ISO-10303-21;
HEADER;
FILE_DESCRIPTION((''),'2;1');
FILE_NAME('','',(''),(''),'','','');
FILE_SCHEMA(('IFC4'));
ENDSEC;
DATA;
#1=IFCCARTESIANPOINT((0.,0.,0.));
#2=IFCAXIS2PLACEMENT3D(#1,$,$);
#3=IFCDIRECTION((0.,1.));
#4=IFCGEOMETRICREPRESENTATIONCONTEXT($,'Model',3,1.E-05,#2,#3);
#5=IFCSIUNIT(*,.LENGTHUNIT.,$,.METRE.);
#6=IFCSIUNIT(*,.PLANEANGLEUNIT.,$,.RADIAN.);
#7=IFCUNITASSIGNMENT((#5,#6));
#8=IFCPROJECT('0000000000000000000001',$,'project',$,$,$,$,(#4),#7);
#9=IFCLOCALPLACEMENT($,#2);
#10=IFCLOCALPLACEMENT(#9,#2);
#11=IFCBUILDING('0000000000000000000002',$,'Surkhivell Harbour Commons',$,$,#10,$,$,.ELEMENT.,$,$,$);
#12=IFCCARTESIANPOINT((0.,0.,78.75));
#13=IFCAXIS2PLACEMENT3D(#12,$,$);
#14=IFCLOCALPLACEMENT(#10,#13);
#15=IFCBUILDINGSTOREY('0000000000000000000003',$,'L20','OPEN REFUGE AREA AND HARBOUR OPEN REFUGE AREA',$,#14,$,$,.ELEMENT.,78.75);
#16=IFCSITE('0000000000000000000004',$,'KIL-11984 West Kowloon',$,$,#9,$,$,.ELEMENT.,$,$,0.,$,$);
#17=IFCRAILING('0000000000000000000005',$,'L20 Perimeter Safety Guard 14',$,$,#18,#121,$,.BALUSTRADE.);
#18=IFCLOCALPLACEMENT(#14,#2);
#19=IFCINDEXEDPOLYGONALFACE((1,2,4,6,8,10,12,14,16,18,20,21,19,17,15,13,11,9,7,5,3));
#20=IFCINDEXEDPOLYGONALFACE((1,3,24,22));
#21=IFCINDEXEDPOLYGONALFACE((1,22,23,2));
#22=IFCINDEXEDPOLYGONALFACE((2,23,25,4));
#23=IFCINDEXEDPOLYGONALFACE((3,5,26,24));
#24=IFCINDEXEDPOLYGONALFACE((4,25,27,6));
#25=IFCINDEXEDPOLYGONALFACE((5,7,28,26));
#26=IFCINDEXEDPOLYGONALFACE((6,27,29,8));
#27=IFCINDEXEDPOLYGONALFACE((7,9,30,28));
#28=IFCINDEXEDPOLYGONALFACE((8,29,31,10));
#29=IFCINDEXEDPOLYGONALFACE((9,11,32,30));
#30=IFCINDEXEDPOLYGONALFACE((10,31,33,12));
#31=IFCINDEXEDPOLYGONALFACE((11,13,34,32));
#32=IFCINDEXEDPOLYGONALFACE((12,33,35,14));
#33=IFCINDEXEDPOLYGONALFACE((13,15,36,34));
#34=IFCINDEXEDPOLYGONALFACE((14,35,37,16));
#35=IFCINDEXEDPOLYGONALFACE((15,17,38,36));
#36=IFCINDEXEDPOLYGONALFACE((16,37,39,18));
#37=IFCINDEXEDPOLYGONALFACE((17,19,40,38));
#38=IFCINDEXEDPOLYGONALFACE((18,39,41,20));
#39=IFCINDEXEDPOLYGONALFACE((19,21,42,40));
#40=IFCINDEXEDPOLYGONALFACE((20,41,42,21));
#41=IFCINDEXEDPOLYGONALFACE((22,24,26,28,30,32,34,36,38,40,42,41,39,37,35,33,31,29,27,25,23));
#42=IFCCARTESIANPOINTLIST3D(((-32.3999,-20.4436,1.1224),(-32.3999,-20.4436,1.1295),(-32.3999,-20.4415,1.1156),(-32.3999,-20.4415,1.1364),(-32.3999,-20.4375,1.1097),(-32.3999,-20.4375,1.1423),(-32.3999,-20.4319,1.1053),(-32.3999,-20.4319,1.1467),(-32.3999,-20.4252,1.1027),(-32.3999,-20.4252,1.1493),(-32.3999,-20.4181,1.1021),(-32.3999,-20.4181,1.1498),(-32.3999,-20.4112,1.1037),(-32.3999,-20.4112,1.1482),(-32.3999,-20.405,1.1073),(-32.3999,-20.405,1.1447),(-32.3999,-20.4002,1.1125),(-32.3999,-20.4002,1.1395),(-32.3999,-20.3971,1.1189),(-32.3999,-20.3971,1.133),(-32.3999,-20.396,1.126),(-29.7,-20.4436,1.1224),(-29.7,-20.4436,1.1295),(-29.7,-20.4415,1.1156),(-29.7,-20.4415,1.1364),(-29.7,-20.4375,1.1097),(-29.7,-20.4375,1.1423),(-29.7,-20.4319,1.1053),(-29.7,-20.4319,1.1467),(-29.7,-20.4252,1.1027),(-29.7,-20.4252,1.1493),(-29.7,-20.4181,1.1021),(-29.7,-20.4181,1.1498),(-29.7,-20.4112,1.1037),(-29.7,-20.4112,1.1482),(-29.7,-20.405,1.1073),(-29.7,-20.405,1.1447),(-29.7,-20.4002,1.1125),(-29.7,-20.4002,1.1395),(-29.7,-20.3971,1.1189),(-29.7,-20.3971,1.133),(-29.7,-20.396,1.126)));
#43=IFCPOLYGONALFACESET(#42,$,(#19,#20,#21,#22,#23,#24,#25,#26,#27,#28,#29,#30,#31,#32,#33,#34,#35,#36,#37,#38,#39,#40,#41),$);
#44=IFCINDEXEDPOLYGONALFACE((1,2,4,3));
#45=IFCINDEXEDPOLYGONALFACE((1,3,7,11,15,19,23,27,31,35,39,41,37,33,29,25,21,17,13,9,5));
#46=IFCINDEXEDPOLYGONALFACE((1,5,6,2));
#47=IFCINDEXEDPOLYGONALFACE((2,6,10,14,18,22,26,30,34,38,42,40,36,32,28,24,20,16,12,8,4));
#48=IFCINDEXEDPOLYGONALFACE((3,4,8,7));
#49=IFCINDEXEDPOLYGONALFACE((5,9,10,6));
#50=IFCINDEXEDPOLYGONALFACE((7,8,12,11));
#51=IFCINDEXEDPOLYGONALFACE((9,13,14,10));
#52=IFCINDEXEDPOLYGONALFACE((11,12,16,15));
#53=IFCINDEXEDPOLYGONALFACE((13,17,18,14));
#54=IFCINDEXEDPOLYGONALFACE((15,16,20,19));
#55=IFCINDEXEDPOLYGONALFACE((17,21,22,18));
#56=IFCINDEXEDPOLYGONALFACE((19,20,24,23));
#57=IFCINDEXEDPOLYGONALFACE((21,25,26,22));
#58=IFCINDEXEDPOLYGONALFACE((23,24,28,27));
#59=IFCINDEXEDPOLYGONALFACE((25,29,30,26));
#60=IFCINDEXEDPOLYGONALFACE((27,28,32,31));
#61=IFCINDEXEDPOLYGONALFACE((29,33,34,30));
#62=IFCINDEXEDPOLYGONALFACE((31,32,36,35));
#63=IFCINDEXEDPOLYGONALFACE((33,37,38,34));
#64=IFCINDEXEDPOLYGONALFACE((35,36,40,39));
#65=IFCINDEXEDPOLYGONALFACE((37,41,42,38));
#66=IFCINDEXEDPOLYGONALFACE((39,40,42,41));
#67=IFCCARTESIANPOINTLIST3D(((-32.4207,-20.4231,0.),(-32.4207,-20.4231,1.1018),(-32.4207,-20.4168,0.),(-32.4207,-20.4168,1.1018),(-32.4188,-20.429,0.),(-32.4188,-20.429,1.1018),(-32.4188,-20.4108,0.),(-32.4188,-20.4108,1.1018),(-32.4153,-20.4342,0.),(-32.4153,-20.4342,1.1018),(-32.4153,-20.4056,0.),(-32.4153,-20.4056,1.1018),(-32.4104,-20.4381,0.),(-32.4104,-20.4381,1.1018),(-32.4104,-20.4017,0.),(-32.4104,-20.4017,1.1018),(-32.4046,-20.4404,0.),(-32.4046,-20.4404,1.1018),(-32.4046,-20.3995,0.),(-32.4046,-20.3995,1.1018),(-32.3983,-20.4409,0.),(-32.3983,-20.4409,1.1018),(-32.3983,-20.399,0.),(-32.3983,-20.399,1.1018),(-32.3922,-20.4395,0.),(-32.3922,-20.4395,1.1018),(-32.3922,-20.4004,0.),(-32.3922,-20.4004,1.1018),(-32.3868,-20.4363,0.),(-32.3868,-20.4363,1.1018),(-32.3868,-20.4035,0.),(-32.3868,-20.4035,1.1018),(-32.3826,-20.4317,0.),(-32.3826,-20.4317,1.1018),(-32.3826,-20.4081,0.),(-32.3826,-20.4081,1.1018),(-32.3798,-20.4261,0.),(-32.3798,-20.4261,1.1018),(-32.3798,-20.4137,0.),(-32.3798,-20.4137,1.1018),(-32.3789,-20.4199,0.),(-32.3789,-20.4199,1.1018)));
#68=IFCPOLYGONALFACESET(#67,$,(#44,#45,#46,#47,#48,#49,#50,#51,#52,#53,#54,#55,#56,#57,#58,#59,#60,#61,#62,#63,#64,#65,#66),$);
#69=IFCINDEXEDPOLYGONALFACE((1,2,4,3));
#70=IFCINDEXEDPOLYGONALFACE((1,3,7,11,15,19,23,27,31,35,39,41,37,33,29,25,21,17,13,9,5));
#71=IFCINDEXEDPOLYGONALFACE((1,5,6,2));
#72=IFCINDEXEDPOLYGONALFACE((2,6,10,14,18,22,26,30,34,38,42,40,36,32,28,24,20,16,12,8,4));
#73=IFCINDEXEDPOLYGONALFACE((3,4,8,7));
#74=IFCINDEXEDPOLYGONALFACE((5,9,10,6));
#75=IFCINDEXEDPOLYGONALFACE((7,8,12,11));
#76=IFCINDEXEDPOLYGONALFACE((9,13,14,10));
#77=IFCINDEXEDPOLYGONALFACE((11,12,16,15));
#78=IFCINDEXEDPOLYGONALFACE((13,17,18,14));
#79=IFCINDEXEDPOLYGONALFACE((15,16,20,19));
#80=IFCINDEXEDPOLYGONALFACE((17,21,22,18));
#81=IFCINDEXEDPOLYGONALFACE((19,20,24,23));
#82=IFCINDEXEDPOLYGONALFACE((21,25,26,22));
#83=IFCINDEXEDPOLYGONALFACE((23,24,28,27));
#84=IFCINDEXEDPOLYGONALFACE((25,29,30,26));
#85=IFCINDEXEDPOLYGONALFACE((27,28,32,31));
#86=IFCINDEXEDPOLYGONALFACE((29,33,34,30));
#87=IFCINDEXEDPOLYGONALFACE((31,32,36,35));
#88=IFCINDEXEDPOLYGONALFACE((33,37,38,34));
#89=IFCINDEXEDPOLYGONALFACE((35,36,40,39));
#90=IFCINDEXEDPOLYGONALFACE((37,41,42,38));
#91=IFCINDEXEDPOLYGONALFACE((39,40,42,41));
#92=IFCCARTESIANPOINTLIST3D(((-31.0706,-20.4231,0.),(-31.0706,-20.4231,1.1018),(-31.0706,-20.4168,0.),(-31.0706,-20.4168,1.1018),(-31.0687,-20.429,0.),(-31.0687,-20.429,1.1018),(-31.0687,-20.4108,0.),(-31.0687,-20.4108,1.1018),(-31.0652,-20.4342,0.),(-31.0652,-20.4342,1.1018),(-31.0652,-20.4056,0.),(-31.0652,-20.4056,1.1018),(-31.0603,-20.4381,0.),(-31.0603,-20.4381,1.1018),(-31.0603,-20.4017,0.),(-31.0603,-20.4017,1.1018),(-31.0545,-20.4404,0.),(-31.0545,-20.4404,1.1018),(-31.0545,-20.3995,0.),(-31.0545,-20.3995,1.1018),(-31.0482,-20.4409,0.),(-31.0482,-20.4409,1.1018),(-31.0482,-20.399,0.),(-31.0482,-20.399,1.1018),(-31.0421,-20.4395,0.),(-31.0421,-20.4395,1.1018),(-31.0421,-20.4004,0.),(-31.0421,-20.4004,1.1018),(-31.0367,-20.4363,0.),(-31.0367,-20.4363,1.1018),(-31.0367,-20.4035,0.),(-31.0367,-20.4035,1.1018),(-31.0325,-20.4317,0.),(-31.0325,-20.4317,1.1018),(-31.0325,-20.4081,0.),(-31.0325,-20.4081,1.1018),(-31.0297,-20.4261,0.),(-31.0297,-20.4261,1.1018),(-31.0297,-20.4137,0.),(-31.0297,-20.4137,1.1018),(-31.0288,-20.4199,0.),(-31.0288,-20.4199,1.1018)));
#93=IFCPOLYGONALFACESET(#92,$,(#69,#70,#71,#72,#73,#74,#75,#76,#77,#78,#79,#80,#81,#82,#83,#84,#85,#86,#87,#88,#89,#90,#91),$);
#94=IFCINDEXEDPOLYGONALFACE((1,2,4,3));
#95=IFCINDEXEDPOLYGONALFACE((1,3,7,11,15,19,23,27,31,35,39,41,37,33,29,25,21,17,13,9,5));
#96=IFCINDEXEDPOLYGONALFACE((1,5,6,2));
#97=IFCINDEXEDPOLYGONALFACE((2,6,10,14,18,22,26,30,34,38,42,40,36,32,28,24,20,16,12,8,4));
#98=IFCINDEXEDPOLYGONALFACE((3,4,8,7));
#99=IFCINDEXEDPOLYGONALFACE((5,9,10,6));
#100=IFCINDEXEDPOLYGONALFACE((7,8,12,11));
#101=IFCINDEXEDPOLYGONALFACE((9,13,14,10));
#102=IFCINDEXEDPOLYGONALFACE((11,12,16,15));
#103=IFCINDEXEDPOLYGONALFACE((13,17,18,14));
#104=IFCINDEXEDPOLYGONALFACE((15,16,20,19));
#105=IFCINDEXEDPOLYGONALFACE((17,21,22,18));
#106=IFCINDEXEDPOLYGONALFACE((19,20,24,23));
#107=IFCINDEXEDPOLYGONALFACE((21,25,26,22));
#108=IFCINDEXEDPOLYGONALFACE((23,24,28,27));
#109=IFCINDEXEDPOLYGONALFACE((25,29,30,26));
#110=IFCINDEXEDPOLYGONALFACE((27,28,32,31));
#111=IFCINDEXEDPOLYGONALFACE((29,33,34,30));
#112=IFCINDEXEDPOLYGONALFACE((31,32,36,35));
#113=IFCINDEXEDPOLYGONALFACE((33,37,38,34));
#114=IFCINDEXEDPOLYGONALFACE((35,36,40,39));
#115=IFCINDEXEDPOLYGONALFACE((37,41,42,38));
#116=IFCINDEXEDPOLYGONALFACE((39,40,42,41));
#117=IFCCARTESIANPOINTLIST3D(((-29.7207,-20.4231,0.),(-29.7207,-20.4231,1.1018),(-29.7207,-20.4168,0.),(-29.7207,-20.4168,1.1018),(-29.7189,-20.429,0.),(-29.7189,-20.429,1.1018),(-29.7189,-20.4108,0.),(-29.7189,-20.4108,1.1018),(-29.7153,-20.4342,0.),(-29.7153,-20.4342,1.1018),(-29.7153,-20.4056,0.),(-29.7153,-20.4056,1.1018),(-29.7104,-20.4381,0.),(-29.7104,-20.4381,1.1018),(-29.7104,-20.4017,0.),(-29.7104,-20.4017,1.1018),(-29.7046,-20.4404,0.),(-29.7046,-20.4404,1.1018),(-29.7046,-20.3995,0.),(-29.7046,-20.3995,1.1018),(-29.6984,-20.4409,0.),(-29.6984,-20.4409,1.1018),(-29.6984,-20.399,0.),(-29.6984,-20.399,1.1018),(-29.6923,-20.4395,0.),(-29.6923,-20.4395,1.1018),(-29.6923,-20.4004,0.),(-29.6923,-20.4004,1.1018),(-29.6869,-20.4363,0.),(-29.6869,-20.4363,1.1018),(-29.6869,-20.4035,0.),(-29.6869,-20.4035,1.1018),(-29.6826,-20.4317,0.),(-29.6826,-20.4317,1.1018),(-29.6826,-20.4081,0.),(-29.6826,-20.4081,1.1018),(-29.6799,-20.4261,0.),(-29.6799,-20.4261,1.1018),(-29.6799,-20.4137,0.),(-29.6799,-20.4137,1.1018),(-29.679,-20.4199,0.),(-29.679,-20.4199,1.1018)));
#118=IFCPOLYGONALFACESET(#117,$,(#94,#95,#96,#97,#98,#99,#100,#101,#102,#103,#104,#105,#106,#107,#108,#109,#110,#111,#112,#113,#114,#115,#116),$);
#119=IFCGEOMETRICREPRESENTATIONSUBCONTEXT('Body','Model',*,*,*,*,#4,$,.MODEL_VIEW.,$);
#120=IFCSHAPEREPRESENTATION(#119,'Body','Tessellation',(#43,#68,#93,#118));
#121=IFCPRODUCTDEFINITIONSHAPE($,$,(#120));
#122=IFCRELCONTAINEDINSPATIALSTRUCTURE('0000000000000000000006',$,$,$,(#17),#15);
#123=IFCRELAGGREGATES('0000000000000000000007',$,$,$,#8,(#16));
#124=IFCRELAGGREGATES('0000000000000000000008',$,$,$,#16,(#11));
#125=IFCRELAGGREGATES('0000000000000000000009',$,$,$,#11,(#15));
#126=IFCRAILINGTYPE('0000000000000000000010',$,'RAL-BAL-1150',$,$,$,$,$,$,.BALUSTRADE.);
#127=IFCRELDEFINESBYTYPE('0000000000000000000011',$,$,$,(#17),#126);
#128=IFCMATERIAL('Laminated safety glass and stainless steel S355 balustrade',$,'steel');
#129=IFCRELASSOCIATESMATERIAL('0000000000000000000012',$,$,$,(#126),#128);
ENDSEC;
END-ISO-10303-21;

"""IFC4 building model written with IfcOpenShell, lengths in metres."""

from ifc_helpers import new_model, si_unit, direction, frame, origin, origin_2d, place, context, subcontext, project, spatial, circle, extrude, material, type_object, element, save


model = new_model("IFC4")

# Units and contexts
model_context = context("Model", 3, precision=1e-05, world=origin(), true_north=direction((0.0, 1.0)))
body_context = subcontext(model_context, "Body", "Model", "MODEL_VIEW")
ifc_project = project(units=[si_unit("LENGTHUNIT", "METRE"), si_unit("PLANEANGLEUNIT", "RADIAN")], contexts=[model_context])

# Site, building, storey
site_placement = place(None, origin())
site = spatial("IfcSite", under=ifc_project, at=site_placement, Name="KIL-11984 West Kowloon", CompositionType="ELEMENT", RefElevation=0.0)
building_placement = place(site_placement, origin())
building = spatial("IfcBuilding", under=site, at=building_placement, Name="Surkhivell Harbour Commons", CompositionType="ELEMENT")
storey_placement = place(building_placement, frame((0.0, 0.0, 78.75)))
storey = spatial("IfcBuildingStorey", under=building, at=storey_placement, Name="L20", Description="OPEN REFUGE AREA AND HARBOUR OPEN REFUGE AREA", CompositionType="ELEMENT", Elevation=78.75)

# Railing
ifc_material_1 = material(Name="Laminated safety glass and stainless steel S355 balustrade", Category="steel")
railing_type = type_object("IfcRailingType", Name="RAL-BAL-1150", PredefinedType="BALUSTRADE", material=ifc_material_1)
railing_1_placement = place(storey_placement, frame((-32.3999, -20.4199, 0.0)))
element("IfcRailing", 1, at=railing_1_placement, inside=storey, type_object=railing_type, Name="L20 Perimeter Safety Guard 14", PredefinedType="BALUSTRADE", context=body_context, shape_type="SweptSolid", body=[
    extrude(circle(Radius=0.0239, at=origin_2d()), frame((0.0, 0.0, 1.126), z_axis=(1.0, 0.0, 0.0), x_axis=(0.0, 1.0, 0.0)), (0.0, 0.0, 1.0), 2.7),
    extrude(circle(Radius=0.021, at=origin_2d()), origin(), (0.0, 0.0, 1.0), 1.1018),
    extrude(circle(Radius=0.021, at=origin_2d()), frame((1.3501, 0.0, 0.0)), (0.0, 0.0, 1.0), 1.1018),
    extrude(circle(Radius=0.021, at=origin_2d()), frame((2.7, 0.0, 0.0)), (0.0, 0.0, 1.0), 1.1018),
])

save(model, "model.ifc")
